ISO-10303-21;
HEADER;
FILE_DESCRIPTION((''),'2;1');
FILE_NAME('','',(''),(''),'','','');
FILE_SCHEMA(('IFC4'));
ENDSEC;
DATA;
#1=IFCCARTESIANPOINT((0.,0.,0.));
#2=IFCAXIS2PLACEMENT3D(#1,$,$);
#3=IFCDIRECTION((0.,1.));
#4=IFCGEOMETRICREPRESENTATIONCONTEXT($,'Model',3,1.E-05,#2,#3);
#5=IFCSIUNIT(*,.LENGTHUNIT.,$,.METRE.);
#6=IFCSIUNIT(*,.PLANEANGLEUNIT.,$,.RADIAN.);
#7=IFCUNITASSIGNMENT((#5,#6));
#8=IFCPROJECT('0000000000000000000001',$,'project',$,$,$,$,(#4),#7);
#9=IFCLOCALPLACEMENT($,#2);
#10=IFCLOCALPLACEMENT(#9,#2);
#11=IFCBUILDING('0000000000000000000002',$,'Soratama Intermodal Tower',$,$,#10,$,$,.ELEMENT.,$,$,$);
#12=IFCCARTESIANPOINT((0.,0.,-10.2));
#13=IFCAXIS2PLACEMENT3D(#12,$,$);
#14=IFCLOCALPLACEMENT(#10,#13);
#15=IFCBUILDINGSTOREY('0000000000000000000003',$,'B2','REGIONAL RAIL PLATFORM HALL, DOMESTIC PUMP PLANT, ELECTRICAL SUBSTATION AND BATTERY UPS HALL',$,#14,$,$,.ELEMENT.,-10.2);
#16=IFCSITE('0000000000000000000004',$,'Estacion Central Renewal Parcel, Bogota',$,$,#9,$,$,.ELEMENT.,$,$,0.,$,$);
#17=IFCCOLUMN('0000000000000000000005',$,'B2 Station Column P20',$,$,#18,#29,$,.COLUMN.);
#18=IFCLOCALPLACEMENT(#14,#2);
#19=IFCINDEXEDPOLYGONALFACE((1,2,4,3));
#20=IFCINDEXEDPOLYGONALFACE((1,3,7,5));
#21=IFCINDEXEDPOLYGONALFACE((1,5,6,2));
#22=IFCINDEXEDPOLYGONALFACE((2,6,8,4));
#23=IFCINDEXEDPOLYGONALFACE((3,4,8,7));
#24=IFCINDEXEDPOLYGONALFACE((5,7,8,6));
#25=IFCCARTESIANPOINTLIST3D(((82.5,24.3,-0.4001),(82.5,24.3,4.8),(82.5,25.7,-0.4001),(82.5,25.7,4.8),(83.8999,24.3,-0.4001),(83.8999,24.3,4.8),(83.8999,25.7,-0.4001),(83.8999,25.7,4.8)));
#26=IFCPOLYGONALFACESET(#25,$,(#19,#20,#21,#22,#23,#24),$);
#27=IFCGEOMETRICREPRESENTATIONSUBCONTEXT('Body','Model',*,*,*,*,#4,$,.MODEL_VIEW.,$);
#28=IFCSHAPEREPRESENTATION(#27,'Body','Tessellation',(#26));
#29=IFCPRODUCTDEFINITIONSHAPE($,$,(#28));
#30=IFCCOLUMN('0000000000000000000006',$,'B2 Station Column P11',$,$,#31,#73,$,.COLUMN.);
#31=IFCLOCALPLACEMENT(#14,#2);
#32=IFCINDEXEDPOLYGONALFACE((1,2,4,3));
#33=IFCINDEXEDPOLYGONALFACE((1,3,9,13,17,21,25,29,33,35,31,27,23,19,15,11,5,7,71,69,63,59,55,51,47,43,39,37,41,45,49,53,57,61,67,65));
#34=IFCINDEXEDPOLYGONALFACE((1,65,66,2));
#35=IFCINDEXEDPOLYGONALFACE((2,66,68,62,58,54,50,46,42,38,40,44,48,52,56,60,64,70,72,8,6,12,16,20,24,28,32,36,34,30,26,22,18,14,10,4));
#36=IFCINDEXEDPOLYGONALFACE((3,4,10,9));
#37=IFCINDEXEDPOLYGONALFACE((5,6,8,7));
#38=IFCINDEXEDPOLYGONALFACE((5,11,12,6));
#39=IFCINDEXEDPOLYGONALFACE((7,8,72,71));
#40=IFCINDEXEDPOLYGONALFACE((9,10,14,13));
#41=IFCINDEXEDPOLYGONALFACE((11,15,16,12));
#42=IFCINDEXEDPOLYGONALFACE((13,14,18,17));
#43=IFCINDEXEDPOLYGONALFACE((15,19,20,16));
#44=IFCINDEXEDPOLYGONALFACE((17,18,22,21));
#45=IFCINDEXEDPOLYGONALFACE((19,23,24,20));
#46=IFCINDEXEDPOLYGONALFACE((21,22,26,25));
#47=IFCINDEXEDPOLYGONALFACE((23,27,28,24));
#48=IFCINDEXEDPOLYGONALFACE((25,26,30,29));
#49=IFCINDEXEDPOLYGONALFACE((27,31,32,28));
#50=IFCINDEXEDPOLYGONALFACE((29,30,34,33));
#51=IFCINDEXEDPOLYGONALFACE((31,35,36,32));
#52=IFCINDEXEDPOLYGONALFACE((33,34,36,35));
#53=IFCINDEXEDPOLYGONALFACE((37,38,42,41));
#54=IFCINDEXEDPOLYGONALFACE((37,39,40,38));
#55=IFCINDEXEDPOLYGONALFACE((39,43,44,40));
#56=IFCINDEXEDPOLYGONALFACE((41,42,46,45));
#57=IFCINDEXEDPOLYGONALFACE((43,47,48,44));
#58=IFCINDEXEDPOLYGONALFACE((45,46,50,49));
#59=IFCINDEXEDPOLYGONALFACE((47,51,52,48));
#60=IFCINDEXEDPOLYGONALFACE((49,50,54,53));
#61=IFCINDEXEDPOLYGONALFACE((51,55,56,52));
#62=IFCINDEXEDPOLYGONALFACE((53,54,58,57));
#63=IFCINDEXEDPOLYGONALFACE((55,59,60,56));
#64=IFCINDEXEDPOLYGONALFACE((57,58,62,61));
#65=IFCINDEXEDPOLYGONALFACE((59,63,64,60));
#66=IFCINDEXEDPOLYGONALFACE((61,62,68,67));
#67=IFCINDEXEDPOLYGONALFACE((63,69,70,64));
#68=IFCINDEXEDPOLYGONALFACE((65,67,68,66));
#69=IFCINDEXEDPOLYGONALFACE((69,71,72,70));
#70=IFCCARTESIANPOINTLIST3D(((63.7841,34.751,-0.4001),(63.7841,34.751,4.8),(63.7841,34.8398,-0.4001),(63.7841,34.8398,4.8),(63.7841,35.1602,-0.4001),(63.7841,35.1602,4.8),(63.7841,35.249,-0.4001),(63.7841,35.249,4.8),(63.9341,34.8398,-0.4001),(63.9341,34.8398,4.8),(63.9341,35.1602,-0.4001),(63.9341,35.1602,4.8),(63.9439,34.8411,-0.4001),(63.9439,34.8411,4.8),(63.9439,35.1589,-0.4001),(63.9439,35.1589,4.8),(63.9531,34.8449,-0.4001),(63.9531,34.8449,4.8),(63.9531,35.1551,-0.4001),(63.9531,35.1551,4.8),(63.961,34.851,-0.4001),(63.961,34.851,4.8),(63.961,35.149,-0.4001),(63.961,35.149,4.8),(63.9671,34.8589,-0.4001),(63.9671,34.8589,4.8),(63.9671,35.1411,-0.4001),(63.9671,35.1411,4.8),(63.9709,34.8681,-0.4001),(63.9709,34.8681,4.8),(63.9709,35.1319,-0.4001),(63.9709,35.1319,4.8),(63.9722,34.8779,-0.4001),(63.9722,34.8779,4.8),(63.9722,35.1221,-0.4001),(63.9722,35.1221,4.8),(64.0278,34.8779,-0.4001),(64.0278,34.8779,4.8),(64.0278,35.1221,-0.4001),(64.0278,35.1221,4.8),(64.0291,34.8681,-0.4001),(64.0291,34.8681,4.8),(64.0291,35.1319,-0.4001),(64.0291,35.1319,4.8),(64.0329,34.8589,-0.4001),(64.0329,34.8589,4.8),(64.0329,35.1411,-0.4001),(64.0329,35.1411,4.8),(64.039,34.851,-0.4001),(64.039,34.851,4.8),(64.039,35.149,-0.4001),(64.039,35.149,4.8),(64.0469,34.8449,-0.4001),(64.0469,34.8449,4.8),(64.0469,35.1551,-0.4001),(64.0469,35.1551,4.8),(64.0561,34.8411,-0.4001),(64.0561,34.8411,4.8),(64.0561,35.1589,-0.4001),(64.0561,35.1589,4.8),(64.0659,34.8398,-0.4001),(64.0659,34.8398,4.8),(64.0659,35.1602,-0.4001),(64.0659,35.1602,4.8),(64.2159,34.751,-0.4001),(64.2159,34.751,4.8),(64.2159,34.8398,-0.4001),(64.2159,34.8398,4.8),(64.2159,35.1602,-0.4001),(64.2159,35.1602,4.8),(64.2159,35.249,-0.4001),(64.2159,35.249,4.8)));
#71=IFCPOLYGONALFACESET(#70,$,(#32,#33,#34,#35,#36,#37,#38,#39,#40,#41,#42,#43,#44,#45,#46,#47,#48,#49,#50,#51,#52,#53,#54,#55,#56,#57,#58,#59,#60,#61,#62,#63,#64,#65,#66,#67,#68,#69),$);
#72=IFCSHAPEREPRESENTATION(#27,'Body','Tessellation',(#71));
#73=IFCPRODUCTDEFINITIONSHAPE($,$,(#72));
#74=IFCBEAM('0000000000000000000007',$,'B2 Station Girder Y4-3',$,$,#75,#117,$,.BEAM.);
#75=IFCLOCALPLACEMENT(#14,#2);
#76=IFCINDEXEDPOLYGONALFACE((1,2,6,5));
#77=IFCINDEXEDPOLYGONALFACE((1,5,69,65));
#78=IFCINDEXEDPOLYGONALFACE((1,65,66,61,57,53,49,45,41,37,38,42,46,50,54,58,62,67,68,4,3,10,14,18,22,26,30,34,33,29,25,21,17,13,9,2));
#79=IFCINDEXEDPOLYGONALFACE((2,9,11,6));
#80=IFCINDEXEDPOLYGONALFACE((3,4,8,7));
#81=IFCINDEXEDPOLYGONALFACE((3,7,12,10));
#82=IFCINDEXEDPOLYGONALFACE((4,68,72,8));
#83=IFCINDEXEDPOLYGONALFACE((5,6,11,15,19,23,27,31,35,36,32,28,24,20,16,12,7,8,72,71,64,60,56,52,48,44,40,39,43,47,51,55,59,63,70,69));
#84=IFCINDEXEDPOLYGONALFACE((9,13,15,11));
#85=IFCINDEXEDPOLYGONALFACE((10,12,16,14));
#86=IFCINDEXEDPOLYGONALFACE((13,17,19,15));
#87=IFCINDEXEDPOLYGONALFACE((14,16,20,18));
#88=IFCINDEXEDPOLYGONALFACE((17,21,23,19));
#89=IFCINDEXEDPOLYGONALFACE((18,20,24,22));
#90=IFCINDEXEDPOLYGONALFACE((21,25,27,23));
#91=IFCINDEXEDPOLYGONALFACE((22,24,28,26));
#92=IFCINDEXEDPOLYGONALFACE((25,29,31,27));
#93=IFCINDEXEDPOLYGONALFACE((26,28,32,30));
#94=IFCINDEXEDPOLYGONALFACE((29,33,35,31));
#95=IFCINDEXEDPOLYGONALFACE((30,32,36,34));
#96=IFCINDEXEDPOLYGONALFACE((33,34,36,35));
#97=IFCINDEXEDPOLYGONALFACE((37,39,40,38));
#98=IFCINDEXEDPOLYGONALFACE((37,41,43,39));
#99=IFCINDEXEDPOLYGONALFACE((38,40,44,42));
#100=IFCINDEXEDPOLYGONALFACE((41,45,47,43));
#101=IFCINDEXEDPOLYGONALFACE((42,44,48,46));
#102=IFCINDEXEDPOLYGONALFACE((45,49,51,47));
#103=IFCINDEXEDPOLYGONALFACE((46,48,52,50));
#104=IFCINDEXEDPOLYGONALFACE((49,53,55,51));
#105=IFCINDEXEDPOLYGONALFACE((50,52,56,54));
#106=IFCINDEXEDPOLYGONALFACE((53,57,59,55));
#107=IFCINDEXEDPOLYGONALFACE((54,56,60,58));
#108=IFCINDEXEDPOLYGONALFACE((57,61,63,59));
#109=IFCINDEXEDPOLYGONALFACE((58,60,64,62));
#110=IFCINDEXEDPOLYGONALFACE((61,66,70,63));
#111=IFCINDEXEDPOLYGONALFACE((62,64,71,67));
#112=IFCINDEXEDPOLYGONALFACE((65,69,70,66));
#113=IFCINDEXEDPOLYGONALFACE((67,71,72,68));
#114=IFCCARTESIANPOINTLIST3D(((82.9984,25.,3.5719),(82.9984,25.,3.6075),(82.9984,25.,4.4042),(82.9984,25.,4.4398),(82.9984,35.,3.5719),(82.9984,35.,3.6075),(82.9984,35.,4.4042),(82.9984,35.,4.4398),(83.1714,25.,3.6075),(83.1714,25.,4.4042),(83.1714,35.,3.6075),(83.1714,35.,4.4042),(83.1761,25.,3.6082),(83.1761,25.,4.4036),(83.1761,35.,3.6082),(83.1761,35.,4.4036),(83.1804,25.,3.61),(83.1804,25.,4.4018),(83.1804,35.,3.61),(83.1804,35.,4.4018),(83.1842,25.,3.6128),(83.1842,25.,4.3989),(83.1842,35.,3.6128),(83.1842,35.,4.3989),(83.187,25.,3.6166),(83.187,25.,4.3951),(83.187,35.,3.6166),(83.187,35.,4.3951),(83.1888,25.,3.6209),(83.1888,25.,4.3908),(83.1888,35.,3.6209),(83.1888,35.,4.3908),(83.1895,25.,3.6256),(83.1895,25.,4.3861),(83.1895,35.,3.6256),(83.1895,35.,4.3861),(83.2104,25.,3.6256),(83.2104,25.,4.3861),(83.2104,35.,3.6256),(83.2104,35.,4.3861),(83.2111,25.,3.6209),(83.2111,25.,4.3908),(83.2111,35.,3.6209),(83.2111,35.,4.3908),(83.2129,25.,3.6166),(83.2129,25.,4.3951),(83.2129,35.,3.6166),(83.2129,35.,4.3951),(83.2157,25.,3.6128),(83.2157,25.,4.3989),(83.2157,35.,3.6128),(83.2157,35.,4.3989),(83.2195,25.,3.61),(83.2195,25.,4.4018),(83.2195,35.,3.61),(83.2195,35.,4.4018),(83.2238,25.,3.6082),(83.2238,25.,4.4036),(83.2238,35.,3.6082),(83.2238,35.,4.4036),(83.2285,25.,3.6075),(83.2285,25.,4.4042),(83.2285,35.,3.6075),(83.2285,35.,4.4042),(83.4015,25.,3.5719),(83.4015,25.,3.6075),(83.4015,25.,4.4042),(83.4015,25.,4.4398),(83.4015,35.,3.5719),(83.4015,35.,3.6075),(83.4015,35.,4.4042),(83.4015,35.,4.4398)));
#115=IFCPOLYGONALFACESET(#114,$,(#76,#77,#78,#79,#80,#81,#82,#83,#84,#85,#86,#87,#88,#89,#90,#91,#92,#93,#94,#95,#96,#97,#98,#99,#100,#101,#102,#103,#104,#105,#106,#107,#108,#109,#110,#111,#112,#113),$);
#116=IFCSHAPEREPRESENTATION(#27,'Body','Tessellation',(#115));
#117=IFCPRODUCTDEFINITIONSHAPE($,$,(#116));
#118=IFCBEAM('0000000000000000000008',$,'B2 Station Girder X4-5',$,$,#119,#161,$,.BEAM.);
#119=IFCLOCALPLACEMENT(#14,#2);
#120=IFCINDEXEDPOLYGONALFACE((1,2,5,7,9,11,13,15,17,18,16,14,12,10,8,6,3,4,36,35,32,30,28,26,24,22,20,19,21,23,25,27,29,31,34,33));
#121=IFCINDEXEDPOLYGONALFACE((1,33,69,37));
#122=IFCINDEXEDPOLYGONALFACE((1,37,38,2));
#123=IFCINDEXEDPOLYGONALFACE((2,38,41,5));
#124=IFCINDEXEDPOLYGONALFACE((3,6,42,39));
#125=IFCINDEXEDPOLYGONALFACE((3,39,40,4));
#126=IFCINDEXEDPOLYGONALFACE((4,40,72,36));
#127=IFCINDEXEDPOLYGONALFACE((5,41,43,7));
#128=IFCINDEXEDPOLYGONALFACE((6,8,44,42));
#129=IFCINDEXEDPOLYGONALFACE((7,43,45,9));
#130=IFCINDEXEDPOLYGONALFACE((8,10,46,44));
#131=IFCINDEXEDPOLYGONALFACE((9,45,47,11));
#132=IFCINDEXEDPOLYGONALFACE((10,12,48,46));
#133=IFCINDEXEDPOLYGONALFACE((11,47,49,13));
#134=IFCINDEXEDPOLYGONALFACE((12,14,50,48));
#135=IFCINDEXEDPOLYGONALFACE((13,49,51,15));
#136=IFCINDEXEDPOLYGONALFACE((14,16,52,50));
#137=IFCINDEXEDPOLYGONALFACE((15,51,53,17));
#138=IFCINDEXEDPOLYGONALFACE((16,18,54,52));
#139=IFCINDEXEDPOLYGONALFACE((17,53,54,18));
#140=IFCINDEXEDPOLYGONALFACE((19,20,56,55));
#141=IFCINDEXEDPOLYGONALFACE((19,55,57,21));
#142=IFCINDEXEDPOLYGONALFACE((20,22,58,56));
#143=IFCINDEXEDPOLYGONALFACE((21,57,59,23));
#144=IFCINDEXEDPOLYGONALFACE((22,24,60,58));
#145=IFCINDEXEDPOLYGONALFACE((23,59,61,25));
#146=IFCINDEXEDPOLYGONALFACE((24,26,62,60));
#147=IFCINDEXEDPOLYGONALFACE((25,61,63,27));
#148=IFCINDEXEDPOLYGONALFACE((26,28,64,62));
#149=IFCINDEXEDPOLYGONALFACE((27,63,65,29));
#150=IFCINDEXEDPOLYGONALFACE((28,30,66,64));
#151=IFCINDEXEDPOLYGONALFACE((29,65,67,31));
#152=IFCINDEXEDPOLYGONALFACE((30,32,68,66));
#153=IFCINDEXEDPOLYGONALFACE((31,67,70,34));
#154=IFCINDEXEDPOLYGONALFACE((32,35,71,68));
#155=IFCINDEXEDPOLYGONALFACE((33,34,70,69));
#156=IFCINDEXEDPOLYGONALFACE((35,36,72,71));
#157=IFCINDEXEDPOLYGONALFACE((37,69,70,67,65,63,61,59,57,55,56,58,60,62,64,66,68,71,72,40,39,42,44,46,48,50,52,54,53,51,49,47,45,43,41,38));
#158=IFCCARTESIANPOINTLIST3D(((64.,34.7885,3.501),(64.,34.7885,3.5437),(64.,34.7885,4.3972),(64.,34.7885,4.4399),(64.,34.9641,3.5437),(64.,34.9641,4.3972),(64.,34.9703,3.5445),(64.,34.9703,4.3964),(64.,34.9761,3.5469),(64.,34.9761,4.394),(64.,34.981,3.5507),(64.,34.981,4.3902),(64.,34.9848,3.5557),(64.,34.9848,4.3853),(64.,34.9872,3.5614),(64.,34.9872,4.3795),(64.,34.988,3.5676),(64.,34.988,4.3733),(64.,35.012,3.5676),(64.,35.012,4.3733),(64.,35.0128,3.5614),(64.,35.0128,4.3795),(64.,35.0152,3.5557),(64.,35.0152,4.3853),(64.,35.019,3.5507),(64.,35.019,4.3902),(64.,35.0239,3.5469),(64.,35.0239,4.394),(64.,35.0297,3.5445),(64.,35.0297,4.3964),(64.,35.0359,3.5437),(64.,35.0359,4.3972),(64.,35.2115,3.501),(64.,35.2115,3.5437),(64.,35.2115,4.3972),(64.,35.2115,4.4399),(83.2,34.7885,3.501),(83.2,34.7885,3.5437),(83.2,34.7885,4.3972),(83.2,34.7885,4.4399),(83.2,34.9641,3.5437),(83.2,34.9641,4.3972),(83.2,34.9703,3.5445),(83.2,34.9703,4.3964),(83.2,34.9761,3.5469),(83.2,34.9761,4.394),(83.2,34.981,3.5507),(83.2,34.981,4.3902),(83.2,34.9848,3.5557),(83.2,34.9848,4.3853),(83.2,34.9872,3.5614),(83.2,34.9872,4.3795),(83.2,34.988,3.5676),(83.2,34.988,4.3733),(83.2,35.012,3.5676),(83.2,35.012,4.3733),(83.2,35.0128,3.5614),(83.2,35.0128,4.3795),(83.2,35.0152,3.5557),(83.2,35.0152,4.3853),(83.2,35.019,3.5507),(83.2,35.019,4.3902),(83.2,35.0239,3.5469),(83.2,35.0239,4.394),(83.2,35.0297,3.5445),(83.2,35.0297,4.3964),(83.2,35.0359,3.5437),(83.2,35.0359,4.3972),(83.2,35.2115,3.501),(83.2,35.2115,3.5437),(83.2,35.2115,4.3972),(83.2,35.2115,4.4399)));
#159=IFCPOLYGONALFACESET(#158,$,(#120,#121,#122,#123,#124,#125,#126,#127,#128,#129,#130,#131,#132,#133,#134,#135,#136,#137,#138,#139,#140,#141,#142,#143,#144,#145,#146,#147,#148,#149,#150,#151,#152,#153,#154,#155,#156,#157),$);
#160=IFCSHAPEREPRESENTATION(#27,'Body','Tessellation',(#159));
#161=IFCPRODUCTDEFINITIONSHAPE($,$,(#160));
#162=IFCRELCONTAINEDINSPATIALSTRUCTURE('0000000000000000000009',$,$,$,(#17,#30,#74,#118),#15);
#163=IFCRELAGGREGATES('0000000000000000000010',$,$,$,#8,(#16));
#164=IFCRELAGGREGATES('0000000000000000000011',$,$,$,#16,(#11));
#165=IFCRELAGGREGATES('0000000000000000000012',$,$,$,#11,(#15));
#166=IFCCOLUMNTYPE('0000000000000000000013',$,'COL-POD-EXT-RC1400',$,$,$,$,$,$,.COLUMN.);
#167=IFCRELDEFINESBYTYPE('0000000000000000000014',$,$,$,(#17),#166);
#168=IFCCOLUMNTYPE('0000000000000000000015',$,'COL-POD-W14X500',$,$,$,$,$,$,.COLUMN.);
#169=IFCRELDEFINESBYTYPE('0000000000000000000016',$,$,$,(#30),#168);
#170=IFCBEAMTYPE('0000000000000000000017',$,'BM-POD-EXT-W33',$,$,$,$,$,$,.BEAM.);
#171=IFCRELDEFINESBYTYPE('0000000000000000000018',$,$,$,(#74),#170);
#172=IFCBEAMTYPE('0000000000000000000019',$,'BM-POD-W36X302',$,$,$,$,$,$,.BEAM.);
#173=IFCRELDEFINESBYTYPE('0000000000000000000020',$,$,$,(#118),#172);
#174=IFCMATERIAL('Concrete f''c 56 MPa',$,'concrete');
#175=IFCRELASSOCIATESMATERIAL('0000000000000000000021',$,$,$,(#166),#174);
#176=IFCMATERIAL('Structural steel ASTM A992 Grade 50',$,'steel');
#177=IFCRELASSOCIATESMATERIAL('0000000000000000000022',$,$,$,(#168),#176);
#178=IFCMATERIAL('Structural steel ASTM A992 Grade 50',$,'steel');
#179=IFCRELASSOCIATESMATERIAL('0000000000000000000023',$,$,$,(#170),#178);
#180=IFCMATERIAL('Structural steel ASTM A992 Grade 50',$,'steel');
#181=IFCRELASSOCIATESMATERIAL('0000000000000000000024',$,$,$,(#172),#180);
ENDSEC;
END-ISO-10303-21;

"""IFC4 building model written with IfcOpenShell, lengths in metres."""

from ifc_helpers import new_model, si_unit, direction, frame, origin, origin_2d, place, context, subcontext, project, spatial, rectangle, i_section, extrude, material, material_profile, profile_set, type_object, element, save


model = new_model("IFC4")

# Units and contexts
model_context = context("Model", 3, precision=1e-05, world=origin(), true_north=direction((0.0, 1.0)))
body_context = subcontext(model_context, "Body", "Model", "MODEL_VIEW")
ifc_project = project(units=[si_unit("LENGTHUNIT", "METRE"), si_unit("PLANEANGLEUNIT", "RADIAN")], contexts=[model_context])

# Site, building, storey
site_placement = place(None, origin())
site = spatial("IfcSite", under=ifc_project, at=site_placement, Name="Estacion Central Renewal Parcel, Bogota", CompositionType="ELEMENT", RefElevation=0.0)
building_placement = place(site_placement, origin())
building = spatial("IfcBuilding", under=site, at=building_placement, Name="Soratama Intermodal Tower", CompositionType="ELEMENT")
storey_placement = place(building_placement, frame((0.0, 0.0, -10.2)))
storey = spatial("IfcBuildingStorey", under=building, at=storey_placement, Name="B2", Description="REGIONAL RAIL PLATFORM HALL, DOMESTIC PUMP PLANT, ELECTRICAL SUBSTATION AND BATTERY UPS HALL", CompositionType="ELEMENT", Elevation=-10.2)

# Columns
ifc_material_1 = material(Name="Concrete f'c 56 MPa", Category="concrete")
ifc_material_profile_1 = material_profile(ifc_material_1, rectangle(XDim=1.3999, YDim=1.3999, at=origin_2d()), Name="RC1400X1400")
ifc_profile_set_1 = profile_set([ifc_material_profile_1], Name="Concrete f'c 56 MPa")
column_type_1 = type_object("IfcColumnType", Name="COL-POD-EXT-RC1400", PredefinedType="COLUMN", material=ifc_profile_set_1)
column_1_placement = place(storey_placement, frame((83.2, 25.0, -0.4001), z_axis=(0.0, 0.0, 1.0), x_axis=(1.0, 0.0, 0.0)))
element("IfcColumn", 1, at=column_1_placement, inside=storey, type_object=column_type_1, Name="B2 Station Column P20", PredefinedType="COLUMN", context=body_context, shape_type="SweptSolid", body=[
    extrude(rectangle(XDim=1.3999, YDim=1.3999, at=origin_2d()), origin(), (0.0, 0.0, 1.0), 5.2002),
])
ifc_material_2 = material(Name="Structural steel ASTM A992 Grade 50", Category="steel")
ifc_material_profile_2 = material_profile(ifc_material_2, i_section(OverallWidth=0.4319, OverallDepth=0.498, WebThickness=0.0557, FlangeThickness=0.0889, FilletRadius=0.0381, at=origin_2d()), Name="W14X500")
ifc_profile_set_2 = profile_set([ifc_material_profile_2], Name="Structural steel ASTM A992 Grade 50")
column_type_2 = type_object("IfcColumnType", Name="COL-POD-W14X500", PredefinedType="COLUMN", material=ifc_profile_set_2)
column_2_placement = place(storey_placement, frame((64.0, 35.0, -0.4001), z_axis=(0.0, 0.0, 1.0), x_axis=(1.0, 0.0, 0.0)))
element("IfcColumn", 2, at=column_2_placement, inside=storey, type_object=column_type_2, Name="B2 Station Column P11", PredefinedType="COLUMN", context=body_context, shape_type="SweptSolid", body=[
    extrude(i_section(OverallWidth=0.4319, OverallDepth=0.498, WebThickness=0.0557, FlangeThickness=0.0889, FilletRadius=0.0381, at=origin_2d()), origin(), (0.0, 0.0, 1.0), 5.2002),
])

# Beams
ifc_material_3 = material(Name="Structural steel ASTM A992 Grade 50", Category="steel")
ifc_material_profile_3 = material_profile(ifc_material_3, i_section(OverallWidth=0.4031, OverallDepth=0.8679, WebThickness=0.021, FlangeThickness=0.0356, FilletRadius=0.0181, at=origin_2d()), Name="W33X241")
ifc_profile_set_3 = profile_set([ifc_material_profile_3], Name="Structural steel ASTM A992 Grade 50")
beam_type_1 = type_object("IfcBeamType", Name="BM-POD-EXT-W33", PredefinedType="BEAM", material=ifc_profile_set_3)
beam_1_placement = place(storey_placement, frame((83.2, 25.0, 4.0059), z_axis=(0.0, 1.0, 0.0), x_axis=(-1.0, 0.0, 0.0)))
element("IfcBeam", 3, at=beam_1_placement, inside=storey, type_object=beam_type_1, Name="B2 Station Girder Y4-3", PredefinedType="BEAM", context=body_context, shape_type="SweptSolid", body=[
    extrude(i_section(OverallWidth=0.4031, OverallDepth=0.8679, WebThickness=0.021, FlangeThickness=0.0356, FilletRadius=0.0181, at=origin_2d()), origin(), (0.0, 0.0, 1.0), 10.0),
])
ifc_material_4 = material(Name="Structural steel ASTM A992 Grade 50", Category="steel")
ifc_material_profile_4 = material_profile(ifc_material_4, i_section(OverallWidth=0.4231, OverallDepth=0.939, WebThickness=0.0239, FlangeThickness=0.0427, FilletRadius=0.0239, at=origin_2d()), Name="W36X302")
ifc_profile_set_4 = profile_set([ifc_material_profile_4], Name="Structural steel ASTM A992 Grade 50")
beam_type_2 = type_object("IfcBeamType", Name="BM-POD-W36X302", PredefinedType="BEAM", material=ifc_profile_set_4)
beam_2_placement = place(storey_placement, frame((64.0, 35.0, 3.9705), z_axis=(1.0, 0.0, 0.0), x_axis=(0.0, 1.0, 0.0)))
element("IfcBeam", 4, at=beam_2_placement, inside=storey, type_object=beam_type_2, Name="B2 Station Girder X4-5", PredefinedType="BEAM", context=body_context, shape_type="SweptSolid", body=[
    extrude(i_section(OverallWidth=0.4231, OverallDepth=0.939, WebThickness=0.0239, FlangeThickness=0.0427, FilletRadius=0.0239, at=origin_2d()), origin(), (0.0, 0.0, 1.0), 19.2),
])

save(model, "model.ifc")
